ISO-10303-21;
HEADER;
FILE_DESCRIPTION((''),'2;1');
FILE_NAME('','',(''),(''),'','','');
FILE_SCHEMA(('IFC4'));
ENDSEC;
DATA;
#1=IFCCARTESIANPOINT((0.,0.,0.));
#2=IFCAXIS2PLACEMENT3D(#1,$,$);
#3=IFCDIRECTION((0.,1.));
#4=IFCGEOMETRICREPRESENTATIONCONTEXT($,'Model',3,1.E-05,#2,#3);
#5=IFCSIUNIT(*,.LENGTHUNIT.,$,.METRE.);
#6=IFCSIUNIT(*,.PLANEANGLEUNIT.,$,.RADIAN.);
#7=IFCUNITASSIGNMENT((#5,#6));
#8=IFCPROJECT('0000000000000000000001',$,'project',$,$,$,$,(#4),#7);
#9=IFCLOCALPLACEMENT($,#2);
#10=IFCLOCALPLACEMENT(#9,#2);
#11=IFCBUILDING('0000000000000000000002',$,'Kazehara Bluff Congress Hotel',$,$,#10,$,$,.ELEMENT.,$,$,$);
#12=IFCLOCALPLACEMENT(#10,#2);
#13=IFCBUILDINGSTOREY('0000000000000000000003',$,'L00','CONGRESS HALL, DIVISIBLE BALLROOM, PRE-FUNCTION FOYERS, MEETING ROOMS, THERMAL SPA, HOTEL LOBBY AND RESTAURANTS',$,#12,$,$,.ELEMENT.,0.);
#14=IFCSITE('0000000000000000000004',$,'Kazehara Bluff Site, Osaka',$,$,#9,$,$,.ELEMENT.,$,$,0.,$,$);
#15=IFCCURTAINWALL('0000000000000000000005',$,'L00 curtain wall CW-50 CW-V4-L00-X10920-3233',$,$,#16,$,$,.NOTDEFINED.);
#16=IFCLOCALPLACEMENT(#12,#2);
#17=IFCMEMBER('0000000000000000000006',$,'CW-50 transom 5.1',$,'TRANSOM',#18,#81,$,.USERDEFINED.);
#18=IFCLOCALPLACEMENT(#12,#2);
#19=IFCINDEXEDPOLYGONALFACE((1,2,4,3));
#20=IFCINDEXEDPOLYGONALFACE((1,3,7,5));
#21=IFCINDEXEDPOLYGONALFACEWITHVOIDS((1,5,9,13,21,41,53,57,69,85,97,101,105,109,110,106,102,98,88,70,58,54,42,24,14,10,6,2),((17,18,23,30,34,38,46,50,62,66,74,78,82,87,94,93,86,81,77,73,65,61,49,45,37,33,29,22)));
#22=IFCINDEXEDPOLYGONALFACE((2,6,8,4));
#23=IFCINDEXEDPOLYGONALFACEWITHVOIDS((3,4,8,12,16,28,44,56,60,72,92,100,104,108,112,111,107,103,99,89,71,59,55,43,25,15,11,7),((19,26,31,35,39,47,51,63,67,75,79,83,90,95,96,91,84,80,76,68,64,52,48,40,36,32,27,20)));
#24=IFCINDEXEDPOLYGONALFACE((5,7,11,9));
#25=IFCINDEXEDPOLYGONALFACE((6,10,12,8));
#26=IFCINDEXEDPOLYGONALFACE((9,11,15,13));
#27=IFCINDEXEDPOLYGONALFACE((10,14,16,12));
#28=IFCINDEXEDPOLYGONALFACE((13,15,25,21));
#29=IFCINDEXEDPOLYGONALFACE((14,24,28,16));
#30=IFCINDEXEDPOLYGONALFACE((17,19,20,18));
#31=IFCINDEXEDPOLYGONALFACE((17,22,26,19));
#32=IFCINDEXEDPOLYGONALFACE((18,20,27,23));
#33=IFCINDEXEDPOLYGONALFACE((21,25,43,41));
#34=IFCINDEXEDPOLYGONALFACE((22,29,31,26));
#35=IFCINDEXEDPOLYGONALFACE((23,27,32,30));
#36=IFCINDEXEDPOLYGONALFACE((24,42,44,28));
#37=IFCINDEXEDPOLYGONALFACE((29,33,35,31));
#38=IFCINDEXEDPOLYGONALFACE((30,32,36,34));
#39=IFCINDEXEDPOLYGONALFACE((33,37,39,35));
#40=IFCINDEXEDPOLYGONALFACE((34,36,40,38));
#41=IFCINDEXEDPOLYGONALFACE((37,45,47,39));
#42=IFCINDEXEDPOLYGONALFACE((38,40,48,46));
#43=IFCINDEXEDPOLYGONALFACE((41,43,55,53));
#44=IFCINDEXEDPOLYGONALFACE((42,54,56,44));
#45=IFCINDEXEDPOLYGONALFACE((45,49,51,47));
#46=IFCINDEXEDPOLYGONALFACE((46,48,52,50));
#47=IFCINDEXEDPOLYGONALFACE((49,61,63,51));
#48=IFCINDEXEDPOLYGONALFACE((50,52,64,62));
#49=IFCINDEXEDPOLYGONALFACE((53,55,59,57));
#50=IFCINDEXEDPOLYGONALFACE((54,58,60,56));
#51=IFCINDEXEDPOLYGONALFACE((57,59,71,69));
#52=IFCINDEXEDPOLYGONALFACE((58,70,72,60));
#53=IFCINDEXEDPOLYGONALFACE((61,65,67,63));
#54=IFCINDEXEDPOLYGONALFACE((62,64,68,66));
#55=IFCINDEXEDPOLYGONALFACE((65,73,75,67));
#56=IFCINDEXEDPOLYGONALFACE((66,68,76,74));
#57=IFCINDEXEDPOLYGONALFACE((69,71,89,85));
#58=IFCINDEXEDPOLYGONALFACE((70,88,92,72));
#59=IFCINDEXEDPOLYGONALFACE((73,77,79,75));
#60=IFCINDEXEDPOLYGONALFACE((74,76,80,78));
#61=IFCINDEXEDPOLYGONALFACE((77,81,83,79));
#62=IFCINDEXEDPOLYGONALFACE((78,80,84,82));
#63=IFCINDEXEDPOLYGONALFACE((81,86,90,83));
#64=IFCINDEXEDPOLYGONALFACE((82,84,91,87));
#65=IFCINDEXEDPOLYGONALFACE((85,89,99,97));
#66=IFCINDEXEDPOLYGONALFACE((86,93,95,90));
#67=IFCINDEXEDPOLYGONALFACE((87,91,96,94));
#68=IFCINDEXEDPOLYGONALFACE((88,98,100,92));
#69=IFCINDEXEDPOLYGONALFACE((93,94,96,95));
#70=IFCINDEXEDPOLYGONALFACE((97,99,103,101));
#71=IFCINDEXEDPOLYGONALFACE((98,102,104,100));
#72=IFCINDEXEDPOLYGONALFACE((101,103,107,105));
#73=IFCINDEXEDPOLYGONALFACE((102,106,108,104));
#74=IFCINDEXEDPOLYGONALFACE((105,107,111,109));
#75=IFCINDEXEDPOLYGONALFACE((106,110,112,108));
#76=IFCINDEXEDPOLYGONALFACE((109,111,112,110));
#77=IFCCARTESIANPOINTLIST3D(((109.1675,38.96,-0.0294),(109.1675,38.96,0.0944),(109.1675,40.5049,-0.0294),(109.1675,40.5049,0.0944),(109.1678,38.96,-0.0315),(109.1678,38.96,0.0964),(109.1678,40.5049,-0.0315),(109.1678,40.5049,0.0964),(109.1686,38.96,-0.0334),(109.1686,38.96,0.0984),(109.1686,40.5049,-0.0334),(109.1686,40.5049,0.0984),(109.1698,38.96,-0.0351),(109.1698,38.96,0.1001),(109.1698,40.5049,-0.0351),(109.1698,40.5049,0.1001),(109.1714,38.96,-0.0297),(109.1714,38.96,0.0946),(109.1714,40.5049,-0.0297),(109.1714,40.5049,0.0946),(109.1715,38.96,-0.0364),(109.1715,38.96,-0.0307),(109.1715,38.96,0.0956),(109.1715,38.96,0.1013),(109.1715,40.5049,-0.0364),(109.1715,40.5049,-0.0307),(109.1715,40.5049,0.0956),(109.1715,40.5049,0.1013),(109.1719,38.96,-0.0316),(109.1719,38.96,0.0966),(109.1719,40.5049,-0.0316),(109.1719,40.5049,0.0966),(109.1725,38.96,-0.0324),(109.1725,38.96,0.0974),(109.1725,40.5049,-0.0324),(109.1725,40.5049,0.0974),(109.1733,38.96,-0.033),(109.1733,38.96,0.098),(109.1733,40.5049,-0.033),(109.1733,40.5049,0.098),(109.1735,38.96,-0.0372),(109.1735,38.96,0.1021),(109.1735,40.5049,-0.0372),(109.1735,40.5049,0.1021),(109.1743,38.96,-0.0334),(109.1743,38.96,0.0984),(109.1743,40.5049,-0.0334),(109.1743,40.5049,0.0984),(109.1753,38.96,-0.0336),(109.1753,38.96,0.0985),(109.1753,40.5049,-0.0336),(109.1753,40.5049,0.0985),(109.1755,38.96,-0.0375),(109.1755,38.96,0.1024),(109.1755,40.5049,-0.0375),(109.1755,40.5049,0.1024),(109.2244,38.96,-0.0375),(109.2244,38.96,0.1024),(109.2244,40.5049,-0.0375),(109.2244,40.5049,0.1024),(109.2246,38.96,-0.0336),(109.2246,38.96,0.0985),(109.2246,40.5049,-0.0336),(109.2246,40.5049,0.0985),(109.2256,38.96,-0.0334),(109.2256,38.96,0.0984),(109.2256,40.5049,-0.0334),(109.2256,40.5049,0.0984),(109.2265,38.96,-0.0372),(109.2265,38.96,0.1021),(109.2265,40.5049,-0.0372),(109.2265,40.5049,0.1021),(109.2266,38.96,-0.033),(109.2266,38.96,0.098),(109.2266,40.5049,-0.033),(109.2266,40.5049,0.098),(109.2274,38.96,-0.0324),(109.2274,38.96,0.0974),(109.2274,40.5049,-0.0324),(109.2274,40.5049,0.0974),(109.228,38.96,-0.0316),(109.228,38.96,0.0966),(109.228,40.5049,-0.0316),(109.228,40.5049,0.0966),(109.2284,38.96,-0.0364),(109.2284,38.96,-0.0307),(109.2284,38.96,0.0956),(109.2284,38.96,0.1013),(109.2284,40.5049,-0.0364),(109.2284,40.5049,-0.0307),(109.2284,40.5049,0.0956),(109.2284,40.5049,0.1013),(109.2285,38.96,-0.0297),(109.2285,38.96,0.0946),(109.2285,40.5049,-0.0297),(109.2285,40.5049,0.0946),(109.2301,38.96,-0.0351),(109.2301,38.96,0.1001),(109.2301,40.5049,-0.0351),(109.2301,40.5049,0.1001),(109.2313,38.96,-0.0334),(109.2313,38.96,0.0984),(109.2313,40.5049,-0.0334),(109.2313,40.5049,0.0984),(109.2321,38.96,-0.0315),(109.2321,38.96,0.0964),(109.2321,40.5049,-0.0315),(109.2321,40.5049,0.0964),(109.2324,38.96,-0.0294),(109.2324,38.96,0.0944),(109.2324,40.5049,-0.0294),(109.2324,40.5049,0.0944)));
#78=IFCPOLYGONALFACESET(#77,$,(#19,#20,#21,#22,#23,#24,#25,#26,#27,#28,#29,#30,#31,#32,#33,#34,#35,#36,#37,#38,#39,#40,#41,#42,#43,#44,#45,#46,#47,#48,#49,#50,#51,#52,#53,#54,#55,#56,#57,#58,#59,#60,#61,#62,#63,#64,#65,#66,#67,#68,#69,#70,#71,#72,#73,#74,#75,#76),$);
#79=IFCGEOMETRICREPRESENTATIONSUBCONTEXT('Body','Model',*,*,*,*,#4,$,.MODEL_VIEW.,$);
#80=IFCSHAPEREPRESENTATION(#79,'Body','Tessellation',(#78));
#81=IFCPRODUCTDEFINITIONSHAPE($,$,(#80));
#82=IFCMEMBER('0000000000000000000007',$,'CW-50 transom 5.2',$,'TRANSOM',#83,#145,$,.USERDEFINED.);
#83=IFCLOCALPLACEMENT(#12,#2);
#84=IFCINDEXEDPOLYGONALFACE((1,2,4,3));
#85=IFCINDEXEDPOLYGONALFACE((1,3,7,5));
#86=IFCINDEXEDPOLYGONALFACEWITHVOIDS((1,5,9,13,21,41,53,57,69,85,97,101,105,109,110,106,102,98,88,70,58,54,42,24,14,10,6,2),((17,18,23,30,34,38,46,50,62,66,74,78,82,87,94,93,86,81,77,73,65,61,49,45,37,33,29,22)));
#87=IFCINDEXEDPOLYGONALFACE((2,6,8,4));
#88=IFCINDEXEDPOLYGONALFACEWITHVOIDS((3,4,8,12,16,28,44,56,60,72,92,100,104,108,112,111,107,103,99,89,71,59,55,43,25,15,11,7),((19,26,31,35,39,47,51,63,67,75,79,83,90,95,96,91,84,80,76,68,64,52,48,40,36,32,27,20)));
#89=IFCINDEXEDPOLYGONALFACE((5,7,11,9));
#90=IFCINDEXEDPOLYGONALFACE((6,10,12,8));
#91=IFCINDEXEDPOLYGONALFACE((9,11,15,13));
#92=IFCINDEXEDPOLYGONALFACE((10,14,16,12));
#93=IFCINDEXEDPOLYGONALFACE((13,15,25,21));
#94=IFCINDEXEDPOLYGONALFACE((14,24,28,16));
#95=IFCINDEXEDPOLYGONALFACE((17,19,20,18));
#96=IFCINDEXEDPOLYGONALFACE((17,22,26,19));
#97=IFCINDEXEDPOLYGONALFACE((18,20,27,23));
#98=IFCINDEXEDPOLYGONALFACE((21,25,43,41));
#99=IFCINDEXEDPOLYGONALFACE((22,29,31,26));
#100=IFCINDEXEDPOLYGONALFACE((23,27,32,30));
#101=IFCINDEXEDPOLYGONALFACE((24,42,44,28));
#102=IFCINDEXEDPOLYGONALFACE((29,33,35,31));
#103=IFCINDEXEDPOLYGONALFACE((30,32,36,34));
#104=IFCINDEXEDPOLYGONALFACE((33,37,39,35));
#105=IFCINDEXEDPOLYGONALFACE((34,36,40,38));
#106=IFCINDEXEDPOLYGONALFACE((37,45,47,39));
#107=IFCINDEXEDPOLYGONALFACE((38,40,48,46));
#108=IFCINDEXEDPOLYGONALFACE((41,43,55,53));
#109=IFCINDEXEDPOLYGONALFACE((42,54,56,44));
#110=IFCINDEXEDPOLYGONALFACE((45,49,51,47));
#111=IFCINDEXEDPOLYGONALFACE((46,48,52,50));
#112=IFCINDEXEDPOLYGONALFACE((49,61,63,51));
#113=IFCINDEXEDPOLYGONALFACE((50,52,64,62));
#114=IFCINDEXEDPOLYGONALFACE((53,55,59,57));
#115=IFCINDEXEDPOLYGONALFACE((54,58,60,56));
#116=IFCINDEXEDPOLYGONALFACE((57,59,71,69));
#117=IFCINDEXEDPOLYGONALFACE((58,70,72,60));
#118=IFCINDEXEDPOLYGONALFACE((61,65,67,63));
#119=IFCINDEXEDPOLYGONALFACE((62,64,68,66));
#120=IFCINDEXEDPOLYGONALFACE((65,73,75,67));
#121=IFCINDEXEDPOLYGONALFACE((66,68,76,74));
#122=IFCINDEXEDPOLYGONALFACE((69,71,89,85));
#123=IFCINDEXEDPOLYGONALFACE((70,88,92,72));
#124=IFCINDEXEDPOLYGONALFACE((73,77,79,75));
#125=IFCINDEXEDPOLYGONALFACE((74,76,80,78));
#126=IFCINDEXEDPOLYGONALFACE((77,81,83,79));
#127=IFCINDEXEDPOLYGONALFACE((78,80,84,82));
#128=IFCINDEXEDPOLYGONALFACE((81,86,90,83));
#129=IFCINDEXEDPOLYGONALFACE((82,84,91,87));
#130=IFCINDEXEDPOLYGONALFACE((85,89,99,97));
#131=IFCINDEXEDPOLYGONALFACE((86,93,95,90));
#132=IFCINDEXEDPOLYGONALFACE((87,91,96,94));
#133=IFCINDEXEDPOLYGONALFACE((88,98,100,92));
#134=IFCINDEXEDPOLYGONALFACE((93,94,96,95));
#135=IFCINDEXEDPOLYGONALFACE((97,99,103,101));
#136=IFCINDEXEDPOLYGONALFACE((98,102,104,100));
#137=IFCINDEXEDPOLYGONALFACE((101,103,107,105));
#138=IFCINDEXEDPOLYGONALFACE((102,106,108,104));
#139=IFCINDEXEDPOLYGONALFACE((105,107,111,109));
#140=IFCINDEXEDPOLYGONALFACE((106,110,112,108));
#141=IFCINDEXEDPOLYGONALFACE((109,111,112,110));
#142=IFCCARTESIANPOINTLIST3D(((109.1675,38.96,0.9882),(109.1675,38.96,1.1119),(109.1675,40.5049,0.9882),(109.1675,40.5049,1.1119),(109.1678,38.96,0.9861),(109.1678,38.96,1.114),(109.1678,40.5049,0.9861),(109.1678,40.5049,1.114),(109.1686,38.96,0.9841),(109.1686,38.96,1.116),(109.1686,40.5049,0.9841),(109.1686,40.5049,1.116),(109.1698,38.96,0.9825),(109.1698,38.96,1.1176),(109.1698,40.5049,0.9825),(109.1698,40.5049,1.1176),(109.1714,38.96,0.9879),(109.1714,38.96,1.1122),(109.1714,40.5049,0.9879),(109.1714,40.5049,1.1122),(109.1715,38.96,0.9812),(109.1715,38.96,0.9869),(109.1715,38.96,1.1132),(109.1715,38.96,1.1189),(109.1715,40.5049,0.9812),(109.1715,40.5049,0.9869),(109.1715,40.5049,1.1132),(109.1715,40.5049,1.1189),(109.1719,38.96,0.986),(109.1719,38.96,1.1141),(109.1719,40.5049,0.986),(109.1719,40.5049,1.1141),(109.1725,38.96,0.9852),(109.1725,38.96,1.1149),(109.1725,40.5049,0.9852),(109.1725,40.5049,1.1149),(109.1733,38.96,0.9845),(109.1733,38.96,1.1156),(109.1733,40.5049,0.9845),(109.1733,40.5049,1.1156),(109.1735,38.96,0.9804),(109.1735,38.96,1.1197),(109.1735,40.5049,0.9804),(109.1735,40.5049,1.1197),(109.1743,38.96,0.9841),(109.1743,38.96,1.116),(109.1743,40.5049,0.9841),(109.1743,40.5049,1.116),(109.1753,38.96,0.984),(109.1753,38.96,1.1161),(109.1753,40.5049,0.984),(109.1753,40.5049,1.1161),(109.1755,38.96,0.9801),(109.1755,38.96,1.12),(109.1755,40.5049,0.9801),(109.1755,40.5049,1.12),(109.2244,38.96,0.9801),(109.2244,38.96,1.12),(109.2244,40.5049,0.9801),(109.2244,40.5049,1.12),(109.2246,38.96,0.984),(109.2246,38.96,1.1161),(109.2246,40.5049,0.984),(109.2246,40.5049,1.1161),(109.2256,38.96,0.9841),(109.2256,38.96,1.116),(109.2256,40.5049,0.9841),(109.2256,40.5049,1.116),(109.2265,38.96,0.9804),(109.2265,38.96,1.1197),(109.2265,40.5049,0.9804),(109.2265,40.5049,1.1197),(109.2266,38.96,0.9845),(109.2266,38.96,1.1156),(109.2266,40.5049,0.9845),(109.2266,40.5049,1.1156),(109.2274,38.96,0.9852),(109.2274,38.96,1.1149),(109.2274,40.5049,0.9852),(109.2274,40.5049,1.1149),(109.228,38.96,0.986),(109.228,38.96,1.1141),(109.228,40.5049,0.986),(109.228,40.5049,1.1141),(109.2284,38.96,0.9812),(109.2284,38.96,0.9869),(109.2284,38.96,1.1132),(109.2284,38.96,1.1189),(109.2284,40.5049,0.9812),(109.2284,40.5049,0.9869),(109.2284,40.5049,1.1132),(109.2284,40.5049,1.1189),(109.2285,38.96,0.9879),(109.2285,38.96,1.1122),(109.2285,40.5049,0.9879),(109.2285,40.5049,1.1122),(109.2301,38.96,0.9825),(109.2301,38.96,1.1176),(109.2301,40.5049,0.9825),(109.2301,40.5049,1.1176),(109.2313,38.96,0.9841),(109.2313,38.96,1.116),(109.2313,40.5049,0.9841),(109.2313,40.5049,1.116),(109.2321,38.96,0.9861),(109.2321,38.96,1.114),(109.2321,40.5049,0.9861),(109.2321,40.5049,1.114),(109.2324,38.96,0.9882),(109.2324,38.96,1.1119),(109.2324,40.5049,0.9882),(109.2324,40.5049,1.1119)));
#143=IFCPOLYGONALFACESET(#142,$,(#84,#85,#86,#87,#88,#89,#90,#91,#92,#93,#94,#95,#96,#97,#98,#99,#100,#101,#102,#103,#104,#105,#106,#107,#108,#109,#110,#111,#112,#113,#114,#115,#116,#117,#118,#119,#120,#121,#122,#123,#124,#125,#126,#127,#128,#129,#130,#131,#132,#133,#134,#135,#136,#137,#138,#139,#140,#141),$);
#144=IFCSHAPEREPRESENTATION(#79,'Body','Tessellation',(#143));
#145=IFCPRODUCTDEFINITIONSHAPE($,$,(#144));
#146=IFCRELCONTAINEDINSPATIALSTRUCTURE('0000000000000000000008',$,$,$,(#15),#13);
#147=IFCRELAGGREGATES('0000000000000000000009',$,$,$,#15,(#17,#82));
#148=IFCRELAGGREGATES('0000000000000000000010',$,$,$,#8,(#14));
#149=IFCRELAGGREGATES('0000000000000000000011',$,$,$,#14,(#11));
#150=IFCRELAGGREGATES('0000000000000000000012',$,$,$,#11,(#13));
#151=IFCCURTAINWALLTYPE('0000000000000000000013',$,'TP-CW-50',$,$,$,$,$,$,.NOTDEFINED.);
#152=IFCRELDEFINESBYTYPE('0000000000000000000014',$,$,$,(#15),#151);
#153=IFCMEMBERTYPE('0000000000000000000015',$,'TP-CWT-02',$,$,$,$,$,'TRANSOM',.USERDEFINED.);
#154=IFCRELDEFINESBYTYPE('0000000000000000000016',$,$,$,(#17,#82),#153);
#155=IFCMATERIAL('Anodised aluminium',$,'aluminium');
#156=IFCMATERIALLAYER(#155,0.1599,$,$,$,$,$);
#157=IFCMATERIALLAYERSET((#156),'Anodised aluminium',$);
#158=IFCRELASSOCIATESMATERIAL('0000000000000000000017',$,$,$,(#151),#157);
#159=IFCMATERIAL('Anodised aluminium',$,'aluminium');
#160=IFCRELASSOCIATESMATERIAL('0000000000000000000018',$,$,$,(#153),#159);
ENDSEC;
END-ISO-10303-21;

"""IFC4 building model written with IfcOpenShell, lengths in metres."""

from ifc_helpers import new_model, si_unit, direction, frame, origin, origin_2d, place, context, subcontext, project, spatial, hollow_rectangle, extrude, material, layer, layer_set, material_profile, profile_set, type_object, element, aggregate, save


model = new_model("IFC4")

# Units and contexts
model_context = context("Model", 3, precision=1e-05, world=origin(), true_north=direction((0.0, 1.0)))
body_context = subcontext(model_context, "Body", "Model", "MODEL_VIEW")
ifc_project = project(units=[si_unit("LENGTHUNIT", "METRE"), si_unit("PLANEANGLEUNIT", "RADIAN")], contexts=[model_context])

# Site, building, storey
site_placement = place(None, origin())
site = spatial("IfcSite", under=ifc_project, at=site_placement, Name="Kazehara Bluff Site, Osaka", CompositionType="ELEMENT", RefElevation=0.0)
building_placement = place(site_placement, origin())
building = spatial("IfcBuilding", under=site, at=building_placement, Name="Kazehara Bluff Congress Hotel", CompositionType="ELEMENT")
storey_placement = place(building_placement, origin())
storey = spatial("IfcBuildingStorey", under=building, at=storey_placement, Name="L00", Description="CONGRESS HALL, DIVISIBLE BALLROOM, PRE-FUNCTION FOYERS, MEETING ROOMS, THERMAL SPA, HOTEL LOBBY AND RESTAURANTS", CompositionType="ELEMENT", Elevation=0.0)

# Curtain wall
ifc_material_1 = material(Name="Anodised aluminium", Category="aluminium")
ifc_layer_1 = layer(ifc_material_1, 0.1599)
ifc_layer_set_1 = layer_set([ifc_layer_1], Name="Anodised aluminium")
curtain_wall_type_1 = type_object("IfcCurtainWallType", Name="TP-CW-50", PredefinedType="NOTDEFINED", material=ifc_layer_set_1)
curtain_wall_1_placement = place(storey_placement, origin())
curtain_wall_1 = element("IfcCurtainWall", 1, at=curtain_wall_1_placement, inside=storey, type_object=curtain_wall_type_1, Name="L00 curtain wall CW-50 CW-V4-L00-X10920-3233", PredefinedType="NOTDEFINED")

# Members
ifc_material_2 = material(Name="Anodised aluminium", Category="aluminium")
ifc_material_profile_1 = material_profile(ifc_material_2, hollow_rectangle(XDim=0.0649, YDim=0.1399, WallThickness=0.0039, InnerFilletRadius=0.0039, OuterFilletRadius=0.0081, at=origin_2d()))
ifc_profile_set_1 = profile_set([ifc_material_profile_1], Name="Anodised aluminium")
member_type_1 = type_object("IfcMemberType", Name="TP-CWT-02", ElementType="TRANSOM", PredefinedType="USERDEFINED", material=ifc_profile_set_1)
member_1_placement = place(storey_placement, frame((109.2, 38.96, 0.0325), z_axis=(0.0, 1.0, 0.0), x_axis=(-1.0, 0.0, 0.0)))
member_1 = element("IfcMember", 2, at=member_1_placement, type_object=member_type_1, Name="CW-50 transom 5.1", ObjectType="TRANSOM", PredefinedType="USERDEFINED", context=body_context, shape_type="SweptSolid", body=[
    extrude(hollow_rectangle(XDim=0.0649, YDim=0.1399, WallThickness=0.0039, InnerFilletRadius=0.0039, OuterFilletRadius=0.0081, at=origin_2d()), origin(), (0.0, 0.0, 1.0), 1.5449),
])
member_2_placement = place(storey_placement, frame((109.2, 38.96, 1.05), z_axis=(0.0, 1.0, 0.0), x_axis=(-1.0, 0.0, 0.0)))
member_2 = element("IfcMember", 3, at=member_2_placement, type_object=member_type_1, Name="CW-50 transom 5.2", ObjectType="TRANSOM", PredefinedType="USERDEFINED", context=body_context, shape_type="SweptSolid", body=[
    extrude(hollow_rectangle(XDim=0.0649, YDim=0.1399, WallThickness=0.0039, InnerFilletRadius=0.0039, OuterFilletRadius=0.0081, at=origin_2d()), origin(), (0.0, 0.0, 1.0), 1.5449),
])

aggregate(curtain_wall_1, [member_1, member_2])

save(model, "model.ifc")
